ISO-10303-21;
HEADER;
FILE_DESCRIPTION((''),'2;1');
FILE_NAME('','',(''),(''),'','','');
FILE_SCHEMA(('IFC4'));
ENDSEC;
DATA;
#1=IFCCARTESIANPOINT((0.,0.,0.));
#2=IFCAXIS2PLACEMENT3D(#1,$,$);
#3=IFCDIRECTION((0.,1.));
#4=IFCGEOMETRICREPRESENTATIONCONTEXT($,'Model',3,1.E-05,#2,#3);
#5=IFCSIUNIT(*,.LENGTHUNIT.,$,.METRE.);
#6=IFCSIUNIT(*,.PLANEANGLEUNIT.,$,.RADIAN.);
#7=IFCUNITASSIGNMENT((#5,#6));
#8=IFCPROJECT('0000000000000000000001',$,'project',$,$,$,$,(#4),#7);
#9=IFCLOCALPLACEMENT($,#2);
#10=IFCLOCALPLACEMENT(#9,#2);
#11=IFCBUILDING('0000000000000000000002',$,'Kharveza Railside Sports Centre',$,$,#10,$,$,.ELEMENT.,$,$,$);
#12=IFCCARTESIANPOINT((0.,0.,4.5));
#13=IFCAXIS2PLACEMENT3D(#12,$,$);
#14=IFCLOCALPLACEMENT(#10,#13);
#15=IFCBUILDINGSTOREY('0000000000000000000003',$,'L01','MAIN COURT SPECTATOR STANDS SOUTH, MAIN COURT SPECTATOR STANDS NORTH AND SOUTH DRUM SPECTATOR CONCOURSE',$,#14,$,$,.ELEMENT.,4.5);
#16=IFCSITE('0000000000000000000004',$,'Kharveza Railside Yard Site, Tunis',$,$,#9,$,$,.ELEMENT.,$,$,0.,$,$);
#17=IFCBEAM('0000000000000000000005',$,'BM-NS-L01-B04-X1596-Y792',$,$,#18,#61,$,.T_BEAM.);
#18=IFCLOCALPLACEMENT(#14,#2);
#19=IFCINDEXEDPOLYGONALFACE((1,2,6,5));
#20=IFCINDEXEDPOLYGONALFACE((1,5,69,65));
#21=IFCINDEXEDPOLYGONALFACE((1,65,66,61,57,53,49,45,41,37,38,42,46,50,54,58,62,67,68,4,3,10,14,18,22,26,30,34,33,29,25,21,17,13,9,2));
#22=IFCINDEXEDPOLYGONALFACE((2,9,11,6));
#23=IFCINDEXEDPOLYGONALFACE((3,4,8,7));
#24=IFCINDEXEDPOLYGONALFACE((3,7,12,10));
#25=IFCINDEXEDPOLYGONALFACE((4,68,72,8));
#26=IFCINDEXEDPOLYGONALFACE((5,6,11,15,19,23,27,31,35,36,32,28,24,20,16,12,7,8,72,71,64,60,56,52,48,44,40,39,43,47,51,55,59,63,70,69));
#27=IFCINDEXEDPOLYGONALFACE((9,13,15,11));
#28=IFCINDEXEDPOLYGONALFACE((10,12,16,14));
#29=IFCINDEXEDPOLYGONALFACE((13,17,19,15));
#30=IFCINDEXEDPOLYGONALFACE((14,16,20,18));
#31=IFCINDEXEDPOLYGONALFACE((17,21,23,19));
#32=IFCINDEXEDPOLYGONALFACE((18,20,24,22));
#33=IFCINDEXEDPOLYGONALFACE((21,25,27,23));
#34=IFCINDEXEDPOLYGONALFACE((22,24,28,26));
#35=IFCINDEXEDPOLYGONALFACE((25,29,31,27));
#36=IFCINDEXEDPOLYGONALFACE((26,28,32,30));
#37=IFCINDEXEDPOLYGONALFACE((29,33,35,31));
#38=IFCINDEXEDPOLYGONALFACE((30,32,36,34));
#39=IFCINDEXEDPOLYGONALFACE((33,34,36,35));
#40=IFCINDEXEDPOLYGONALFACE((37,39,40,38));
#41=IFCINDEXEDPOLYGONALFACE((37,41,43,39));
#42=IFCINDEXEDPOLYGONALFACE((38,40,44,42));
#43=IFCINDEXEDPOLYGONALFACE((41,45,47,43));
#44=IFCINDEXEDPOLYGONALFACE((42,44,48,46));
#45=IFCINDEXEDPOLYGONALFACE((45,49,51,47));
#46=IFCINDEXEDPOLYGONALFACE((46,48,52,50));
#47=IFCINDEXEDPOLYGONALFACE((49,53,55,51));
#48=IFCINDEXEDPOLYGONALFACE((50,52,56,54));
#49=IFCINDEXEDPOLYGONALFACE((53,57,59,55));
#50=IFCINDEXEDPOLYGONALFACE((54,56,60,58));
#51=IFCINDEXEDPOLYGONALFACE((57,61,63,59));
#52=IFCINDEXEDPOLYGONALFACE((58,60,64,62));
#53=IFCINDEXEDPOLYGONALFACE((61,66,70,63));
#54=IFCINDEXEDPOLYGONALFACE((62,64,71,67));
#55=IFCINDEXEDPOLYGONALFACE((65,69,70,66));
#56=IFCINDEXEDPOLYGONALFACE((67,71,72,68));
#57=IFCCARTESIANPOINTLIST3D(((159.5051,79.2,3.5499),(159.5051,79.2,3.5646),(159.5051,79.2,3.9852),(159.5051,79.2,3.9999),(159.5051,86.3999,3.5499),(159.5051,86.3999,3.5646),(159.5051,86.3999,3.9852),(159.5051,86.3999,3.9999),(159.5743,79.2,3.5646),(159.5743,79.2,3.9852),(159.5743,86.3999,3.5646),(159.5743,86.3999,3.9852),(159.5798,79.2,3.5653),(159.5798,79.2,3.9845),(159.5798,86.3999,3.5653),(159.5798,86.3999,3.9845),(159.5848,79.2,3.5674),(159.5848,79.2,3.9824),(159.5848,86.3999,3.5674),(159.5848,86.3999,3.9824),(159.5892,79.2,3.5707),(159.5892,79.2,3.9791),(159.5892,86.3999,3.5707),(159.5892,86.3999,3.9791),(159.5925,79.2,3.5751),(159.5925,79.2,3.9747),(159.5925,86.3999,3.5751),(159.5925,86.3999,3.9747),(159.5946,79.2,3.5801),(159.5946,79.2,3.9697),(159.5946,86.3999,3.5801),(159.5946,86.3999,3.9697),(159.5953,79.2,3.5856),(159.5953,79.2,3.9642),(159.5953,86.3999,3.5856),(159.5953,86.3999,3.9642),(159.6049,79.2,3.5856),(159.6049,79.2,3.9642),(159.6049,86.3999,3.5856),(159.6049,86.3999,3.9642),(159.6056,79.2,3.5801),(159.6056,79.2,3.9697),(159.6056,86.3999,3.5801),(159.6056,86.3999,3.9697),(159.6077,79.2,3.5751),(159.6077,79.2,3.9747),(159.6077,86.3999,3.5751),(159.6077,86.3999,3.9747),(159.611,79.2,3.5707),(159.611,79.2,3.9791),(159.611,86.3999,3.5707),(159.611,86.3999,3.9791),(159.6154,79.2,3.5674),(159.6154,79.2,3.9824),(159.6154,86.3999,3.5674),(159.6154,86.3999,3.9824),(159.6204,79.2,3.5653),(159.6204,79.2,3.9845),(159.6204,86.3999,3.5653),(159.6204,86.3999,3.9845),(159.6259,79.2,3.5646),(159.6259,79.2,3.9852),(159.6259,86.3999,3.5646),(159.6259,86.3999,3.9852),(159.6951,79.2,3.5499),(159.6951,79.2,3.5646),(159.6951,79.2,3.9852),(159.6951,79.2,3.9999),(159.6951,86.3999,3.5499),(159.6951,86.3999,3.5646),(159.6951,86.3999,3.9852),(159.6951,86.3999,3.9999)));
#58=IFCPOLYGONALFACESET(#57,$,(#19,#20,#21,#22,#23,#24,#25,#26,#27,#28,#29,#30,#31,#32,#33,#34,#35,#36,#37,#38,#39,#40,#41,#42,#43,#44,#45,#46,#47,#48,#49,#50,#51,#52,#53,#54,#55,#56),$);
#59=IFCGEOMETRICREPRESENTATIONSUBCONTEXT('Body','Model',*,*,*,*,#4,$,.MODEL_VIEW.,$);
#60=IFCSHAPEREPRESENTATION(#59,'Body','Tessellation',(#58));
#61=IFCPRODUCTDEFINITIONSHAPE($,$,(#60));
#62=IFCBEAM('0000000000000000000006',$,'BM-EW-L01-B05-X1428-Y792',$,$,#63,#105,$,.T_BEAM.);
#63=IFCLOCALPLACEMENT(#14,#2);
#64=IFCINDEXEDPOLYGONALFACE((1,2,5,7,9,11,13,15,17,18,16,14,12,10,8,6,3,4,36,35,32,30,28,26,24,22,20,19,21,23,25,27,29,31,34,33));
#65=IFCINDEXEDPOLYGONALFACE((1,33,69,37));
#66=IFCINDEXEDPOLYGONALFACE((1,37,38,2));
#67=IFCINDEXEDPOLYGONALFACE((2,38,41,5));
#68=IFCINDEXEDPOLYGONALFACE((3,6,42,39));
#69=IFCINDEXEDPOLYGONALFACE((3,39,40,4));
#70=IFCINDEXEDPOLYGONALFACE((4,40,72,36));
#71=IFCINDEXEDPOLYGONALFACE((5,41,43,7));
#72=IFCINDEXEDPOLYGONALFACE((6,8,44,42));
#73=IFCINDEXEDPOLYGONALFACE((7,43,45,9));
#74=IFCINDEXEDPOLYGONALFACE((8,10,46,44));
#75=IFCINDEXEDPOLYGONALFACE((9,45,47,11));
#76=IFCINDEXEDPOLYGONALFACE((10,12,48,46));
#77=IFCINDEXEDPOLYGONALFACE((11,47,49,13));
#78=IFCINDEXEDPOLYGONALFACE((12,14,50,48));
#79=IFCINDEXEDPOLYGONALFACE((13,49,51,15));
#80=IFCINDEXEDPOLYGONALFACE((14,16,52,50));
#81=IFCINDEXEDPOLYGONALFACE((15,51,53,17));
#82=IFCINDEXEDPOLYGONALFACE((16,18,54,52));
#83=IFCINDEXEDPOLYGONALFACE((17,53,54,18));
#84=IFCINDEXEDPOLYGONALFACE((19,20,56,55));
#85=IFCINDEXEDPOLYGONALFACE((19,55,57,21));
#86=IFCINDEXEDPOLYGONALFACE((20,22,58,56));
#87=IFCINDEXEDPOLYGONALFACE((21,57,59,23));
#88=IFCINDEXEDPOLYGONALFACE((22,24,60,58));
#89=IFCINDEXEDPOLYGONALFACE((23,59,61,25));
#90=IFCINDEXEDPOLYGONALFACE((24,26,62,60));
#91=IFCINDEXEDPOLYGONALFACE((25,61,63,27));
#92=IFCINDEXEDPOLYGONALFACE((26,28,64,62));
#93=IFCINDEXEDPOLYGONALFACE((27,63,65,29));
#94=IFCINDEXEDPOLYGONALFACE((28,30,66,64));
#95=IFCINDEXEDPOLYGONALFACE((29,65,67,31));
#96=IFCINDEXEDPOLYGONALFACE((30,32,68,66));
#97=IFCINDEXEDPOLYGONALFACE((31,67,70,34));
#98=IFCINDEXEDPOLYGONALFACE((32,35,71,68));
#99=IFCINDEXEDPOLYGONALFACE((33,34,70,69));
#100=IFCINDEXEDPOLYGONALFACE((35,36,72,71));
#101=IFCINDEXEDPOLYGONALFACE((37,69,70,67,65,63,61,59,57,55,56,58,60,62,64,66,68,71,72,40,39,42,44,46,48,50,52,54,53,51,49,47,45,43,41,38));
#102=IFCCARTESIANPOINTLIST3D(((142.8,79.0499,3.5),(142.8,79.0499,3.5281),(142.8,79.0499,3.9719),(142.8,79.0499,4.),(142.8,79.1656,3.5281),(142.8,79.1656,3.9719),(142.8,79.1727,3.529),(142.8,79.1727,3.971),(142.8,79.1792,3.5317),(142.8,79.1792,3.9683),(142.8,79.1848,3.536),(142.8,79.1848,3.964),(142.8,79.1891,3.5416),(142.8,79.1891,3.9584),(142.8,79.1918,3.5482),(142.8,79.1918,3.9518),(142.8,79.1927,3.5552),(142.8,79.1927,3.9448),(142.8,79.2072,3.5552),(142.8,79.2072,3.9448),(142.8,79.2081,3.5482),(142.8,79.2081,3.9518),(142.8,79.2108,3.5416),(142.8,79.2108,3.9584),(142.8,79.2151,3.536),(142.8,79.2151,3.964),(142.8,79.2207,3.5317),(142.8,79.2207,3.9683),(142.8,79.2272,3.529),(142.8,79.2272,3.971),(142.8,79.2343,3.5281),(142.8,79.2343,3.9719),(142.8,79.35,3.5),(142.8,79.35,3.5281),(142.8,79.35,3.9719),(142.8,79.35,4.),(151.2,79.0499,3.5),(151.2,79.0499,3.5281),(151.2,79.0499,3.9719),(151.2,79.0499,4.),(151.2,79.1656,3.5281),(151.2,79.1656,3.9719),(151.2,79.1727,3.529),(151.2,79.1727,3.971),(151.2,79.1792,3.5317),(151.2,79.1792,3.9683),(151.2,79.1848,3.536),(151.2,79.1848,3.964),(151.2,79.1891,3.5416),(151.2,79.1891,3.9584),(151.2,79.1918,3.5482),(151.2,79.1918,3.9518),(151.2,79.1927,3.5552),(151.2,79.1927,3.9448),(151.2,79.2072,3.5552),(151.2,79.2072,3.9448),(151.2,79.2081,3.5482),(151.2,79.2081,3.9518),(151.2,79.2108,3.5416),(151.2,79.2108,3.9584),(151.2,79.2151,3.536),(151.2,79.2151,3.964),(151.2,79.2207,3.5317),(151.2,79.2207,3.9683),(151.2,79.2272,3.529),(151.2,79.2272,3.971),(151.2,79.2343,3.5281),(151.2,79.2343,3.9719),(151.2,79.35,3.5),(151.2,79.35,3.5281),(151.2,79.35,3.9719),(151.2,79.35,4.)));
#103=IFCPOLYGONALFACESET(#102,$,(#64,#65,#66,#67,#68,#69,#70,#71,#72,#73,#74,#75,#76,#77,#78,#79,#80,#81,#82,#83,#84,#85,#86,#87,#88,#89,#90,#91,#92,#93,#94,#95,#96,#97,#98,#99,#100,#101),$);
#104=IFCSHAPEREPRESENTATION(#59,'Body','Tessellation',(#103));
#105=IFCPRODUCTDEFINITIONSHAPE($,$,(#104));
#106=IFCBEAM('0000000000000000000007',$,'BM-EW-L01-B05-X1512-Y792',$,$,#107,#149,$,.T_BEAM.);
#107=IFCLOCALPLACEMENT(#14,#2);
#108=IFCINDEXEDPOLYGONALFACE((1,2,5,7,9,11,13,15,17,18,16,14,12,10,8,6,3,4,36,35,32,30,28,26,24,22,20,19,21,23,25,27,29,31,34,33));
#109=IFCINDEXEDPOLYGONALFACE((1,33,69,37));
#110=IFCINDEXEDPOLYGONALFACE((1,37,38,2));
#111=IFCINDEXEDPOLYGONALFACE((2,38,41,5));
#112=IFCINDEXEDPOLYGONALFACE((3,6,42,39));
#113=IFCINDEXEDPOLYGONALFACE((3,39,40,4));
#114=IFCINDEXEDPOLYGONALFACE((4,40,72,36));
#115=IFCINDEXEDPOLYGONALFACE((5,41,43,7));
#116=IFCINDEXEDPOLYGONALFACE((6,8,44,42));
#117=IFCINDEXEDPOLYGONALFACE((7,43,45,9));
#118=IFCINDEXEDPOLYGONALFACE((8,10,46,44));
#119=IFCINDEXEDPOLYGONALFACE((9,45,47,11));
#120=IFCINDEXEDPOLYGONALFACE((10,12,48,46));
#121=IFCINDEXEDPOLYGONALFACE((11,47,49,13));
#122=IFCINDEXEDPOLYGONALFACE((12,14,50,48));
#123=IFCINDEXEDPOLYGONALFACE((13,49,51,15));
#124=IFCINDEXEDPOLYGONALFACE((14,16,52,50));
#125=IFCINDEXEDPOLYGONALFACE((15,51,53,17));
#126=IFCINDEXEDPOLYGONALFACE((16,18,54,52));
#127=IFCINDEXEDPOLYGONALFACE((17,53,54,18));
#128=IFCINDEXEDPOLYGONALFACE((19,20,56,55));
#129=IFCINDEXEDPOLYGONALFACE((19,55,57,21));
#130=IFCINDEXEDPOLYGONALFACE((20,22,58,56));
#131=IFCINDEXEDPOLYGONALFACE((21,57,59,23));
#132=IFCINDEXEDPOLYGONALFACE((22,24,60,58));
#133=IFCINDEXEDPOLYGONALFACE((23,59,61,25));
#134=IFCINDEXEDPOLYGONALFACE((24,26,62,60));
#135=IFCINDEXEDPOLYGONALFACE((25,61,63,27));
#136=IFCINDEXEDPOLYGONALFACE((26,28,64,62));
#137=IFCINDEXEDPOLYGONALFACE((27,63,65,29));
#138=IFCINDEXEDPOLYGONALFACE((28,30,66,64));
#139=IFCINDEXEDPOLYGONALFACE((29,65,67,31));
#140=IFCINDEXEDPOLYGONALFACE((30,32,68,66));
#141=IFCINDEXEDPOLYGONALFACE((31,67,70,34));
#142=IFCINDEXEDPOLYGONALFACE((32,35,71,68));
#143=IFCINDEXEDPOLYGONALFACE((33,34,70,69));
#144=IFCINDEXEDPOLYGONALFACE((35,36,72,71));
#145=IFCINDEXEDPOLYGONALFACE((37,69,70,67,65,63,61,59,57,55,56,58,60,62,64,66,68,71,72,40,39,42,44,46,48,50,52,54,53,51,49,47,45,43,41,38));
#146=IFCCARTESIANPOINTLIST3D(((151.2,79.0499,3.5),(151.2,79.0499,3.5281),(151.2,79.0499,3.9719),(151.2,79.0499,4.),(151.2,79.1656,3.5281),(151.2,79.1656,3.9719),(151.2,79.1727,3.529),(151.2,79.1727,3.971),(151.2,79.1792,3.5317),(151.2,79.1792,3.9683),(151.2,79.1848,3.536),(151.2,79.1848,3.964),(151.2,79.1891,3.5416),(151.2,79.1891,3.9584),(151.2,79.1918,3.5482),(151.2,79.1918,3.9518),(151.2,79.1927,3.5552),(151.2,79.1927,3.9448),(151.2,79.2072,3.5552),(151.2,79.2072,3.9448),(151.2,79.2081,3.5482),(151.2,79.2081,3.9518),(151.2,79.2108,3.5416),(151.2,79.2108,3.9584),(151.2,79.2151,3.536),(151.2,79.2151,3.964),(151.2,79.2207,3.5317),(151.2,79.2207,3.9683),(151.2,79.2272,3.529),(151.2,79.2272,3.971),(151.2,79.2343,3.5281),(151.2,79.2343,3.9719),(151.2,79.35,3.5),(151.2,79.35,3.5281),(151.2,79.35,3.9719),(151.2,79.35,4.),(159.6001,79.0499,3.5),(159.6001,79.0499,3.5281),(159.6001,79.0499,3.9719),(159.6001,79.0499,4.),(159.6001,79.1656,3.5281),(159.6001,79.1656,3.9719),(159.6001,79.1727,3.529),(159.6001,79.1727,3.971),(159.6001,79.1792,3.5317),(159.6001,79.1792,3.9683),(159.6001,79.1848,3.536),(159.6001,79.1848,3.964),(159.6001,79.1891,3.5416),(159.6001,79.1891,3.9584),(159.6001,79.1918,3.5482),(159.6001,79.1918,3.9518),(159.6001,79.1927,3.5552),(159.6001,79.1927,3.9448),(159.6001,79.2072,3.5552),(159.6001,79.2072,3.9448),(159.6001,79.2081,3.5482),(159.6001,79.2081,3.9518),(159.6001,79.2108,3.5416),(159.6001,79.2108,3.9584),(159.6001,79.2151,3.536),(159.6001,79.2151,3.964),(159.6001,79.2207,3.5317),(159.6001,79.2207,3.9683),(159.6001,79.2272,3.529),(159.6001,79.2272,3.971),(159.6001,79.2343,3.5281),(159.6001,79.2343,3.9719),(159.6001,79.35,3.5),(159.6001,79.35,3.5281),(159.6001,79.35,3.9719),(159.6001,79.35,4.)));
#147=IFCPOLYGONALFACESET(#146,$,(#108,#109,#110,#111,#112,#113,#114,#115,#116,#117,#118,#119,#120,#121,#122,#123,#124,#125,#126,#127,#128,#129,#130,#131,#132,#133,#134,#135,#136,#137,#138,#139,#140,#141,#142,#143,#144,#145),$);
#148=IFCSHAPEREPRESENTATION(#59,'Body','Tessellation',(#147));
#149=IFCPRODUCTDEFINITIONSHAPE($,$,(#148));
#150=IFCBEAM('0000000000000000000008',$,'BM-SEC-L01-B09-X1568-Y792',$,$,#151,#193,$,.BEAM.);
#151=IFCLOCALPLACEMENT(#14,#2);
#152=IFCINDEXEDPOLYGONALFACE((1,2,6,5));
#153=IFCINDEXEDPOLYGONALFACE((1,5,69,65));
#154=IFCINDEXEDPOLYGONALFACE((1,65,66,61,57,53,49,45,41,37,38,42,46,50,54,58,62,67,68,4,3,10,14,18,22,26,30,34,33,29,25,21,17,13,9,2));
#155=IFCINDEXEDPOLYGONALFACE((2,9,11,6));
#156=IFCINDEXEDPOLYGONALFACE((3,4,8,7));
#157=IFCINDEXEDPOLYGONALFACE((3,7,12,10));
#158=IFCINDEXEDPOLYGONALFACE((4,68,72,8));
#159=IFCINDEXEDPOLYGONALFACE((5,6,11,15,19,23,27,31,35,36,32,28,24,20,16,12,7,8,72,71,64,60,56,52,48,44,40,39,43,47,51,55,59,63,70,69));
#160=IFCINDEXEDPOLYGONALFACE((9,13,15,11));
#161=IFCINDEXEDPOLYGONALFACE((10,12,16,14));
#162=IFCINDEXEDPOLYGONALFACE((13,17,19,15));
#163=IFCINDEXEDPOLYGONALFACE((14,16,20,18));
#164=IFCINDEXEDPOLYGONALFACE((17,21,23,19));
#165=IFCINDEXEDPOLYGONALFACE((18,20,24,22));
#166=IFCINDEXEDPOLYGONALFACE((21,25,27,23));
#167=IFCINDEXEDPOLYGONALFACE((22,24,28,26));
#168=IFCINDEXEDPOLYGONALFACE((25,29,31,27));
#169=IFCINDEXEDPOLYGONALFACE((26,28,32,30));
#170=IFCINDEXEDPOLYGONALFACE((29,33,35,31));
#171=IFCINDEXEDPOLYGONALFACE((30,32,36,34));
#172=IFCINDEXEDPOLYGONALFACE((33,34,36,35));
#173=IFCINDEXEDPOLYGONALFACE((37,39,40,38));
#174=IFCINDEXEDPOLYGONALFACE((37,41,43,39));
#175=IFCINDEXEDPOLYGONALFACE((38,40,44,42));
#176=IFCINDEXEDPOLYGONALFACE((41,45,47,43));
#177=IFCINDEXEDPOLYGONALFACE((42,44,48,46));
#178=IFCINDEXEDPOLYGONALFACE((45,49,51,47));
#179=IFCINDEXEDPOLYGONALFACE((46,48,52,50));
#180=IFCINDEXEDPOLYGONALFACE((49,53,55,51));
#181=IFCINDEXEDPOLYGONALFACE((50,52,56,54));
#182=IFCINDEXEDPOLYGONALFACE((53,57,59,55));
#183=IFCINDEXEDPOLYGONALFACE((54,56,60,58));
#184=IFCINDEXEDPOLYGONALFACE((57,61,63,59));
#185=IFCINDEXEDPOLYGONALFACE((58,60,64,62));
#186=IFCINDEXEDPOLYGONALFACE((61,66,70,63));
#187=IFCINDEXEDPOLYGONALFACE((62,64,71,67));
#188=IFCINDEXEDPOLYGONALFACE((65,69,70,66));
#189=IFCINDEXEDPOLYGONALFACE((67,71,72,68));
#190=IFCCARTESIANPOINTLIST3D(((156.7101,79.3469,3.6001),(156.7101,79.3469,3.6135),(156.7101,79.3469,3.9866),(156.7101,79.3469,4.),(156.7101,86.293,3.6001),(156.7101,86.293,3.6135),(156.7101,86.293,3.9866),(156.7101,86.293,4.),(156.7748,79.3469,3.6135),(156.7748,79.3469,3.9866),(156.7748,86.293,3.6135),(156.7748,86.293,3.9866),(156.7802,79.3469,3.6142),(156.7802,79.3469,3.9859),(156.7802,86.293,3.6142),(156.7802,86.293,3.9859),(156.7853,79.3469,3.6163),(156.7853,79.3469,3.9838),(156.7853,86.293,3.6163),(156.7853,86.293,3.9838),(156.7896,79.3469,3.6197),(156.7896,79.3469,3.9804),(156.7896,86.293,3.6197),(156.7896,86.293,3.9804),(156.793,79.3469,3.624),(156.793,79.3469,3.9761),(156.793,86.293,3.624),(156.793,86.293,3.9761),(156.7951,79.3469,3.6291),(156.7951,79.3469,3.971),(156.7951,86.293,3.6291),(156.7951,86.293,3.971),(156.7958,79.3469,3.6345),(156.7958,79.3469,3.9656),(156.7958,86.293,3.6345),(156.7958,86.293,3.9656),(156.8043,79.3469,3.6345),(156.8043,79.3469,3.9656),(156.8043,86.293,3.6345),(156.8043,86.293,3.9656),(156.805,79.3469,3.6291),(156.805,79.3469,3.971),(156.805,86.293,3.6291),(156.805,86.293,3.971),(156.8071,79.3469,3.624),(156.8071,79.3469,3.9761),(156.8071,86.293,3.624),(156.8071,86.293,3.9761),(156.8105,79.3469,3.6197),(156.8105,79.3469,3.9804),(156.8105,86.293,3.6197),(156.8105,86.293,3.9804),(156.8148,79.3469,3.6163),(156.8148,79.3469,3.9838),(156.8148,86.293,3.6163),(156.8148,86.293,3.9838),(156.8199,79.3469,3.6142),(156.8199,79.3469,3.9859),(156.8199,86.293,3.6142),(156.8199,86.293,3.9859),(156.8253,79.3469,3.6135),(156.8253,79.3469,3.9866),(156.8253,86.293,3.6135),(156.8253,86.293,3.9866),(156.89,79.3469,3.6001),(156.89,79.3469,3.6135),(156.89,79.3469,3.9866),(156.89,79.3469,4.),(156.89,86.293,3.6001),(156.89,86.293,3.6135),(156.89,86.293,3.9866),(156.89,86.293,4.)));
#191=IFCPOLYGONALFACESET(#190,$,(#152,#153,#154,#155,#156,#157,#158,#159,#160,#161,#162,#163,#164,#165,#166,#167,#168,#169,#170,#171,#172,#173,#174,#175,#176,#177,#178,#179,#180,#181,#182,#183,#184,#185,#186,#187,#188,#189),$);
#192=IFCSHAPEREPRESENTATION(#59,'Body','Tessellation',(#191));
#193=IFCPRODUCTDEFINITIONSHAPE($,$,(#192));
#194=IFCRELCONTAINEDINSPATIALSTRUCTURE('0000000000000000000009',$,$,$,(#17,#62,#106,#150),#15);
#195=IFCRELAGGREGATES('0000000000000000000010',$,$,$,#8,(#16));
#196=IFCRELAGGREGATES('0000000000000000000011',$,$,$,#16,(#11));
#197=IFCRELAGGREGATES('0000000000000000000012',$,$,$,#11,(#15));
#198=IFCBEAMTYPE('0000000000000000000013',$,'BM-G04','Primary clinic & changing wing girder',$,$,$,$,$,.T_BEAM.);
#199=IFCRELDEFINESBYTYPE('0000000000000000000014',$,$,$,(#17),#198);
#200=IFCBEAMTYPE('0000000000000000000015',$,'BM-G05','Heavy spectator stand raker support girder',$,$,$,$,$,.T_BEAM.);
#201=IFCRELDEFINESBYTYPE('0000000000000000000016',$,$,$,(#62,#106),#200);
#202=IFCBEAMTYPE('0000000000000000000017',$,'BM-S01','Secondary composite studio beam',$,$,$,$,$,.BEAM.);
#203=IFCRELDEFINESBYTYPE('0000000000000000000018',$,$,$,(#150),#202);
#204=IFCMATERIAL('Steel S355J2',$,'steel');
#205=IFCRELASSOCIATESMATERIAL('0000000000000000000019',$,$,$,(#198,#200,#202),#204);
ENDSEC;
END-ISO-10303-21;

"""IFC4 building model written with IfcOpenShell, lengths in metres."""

from ifc_helpers import new_model, si_unit, direction, frame, origin, origin_2d, place, context, subcontext, project, spatial, i_section, extrude, material, material_profile, profile_set, type_object, element, save


model = new_model("IFC4")

# Units and contexts
model_context = context("Model", 3, precision=1e-05, world=origin(), true_north=direction((0.0, 1.0)))
body_context = subcontext(model_context, "Body", "Model", "MODEL_VIEW")
ifc_project = project(units=[si_unit("LENGTHUNIT", "METRE"), si_unit("PLANEANGLEUNIT", "RADIAN")], contexts=[model_context])

# Site, building, storey
site_placement = place(None, origin())
site = spatial("IfcSite", under=ifc_project, at=site_placement, Name="Kharveza Railside Yard Site, Tunis", CompositionType="ELEMENT", RefElevation=0.0)
building_placement = place(site_placement, origin())
building = spatial("IfcBuilding", under=site, at=building_placement, Name="Kharveza Railside Sports Centre", CompositionType="ELEMENT")
storey_placement = place(building_placement, frame((0.0, 0.0, 4.5)))
storey = spatial("IfcBuildingStorey", under=building, at=storey_placement, Name="L01", Description="MAIN COURT SPECTATOR STANDS SOUTH, MAIN COURT SPECTATOR STANDS NORTH AND SOUTH DRUM SPECTATOR CONCOURSE", CompositionType="ELEMENT", Elevation=4.5)

# Shared definitions
ifc_material_1 = material(Name="Steel S355J2", Category="steel")

# Beams
ifc_material_profile_1 = material_profile(ifc_material_1, i_section(OverallWidth=0.1899, OverallDepth=0.45, WebThickness=0.0095, FlangeThickness=0.0146, FilletRadius=0.021, at=origin_2d()), Name="IPE 450")
ifc_profile_set_1 = profile_set([ifc_material_profile_1], Name="Steel S355J2")
beam_type_1 = type_object("IfcBeamType", Name="BM-G04", Description="Primary clinic & changing wing girder", PredefinedType="T_BEAM", material=ifc_profile_set_1)
beam_1_placement = place(storey_placement, frame((159.6001, 79.2, 3.7749), z_axis=(0.0, 1.0, 0.0), x_axis=(-1.0, 0.0, 0.0)))
element("IfcBeam", 1, at=beam_1_placement, inside=storey, type_object=beam_type_1, Name="BM-NS-L01-B04-X1596-Y792", PredefinedType="T_BEAM", context=body_context, shape_type="SweptSolid", body=[
    extrude(i_section(OverallWidth=0.1899, OverallDepth=0.45, WebThickness=0.0095, FlangeThickness=0.0146, FilletRadius=0.021, at=origin_2d()), origin(), (0.0, 0.0, 1.0), 7.2),
])
ifc_material_profile_2 = material_profile(ifc_material_1, i_section(OverallWidth=0.3, OverallDepth=0.5, WebThickness=0.0144, FlangeThickness=0.0281, FilletRadius=0.0271, at=origin_2d()), Name="HEB 500")
ifc_profile_set_2 = profile_set([ifc_material_profile_2], Name="Steel S355J2")
beam_type_2 = type_object("IfcBeamType", Name="BM-G05", Description="Heavy spectator stand raker support girder", PredefinedType="T_BEAM", material=ifc_profile_set_2)
beam_2_placement = place(storey_placement, frame((142.8, 79.2, 3.75), z_axis=(1.0, 0.0, 0.0), x_axis=(0.0, 1.0, 0.0)))
element("IfcBeam", 2, at=beam_2_placement, inside=storey, type_object=beam_type_2, Name="BM-EW-L01-B05-X1428-Y792", PredefinedType="T_BEAM", context=body_context, shape_type="SweptSolid", body=[
    extrude(i_section(OverallWidth=0.3, OverallDepth=0.5, WebThickness=0.0144, FlangeThickness=0.0281, FilletRadius=0.0271, at=origin_2d()), origin(), (0.0, 0.0, 1.0), 8.3999),
])
beam_3_placement = place(storey_placement, frame((151.2, 79.2, 3.75), z_axis=(1.0, 0.0, 0.0), x_axis=(0.0, 1.0, 0.0)))
element("IfcBeam", 3, at=beam_3_placement, inside=storey, type_object=beam_type_2, Name="BM-EW-L01-B05-X1512-Y792", PredefinedType="T_BEAM", context=body_context, shape_type="SweptSolid", body=[
    extrude(i_section(OverallWidth=0.3, OverallDepth=0.5, WebThickness=0.0144, FlangeThickness=0.0281, FilletRadius=0.0271, at=origin_2d()), origin(), (0.0, 0.0, 1.0), 8.4001),
])
ifc_material_profile_3 = material_profile(ifc_material_1, i_section(OverallWidth=0.1799, OverallDepth=0.3999, WebThickness=0.0085, FlangeThickness=0.0134, FilletRadius=0.021, at=origin_2d()), Name="IPE 400")
ifc_profile_set_3 = profile_set([ifc_material_profile_3], Name="Steel S355J2")
beam_type_3 = type_object("IfcBeamType", Name="BM-S01", Description="Secondary composite studio beam", PredefinedType="BEAM", material=ifc_profile_set_3)
beam_4_placement = place(storey_placement, frame((156.8, 79.3469, 3.8), z_axis=(0.0, 1.0, 0.0), x_axis=(-1.0, 0.0, 0.0)))
element("IfcBeam", 4, at=beam_4_placement, inside=storey, type_object=beam_type_3, Name="BM-SEC-L01-B09-X1568-Y792", PredefinedType="BEAM", context=body_context, shape_type="SweptSolid", body=[
    extrude(i_section(OverallWidth=0.1799, OverallDepth=0.3999, WebThickness=0.0085, FlangeThickness=0.0134, FilletRadius=0.021, at=origin_2d()), origin(), (0.0, 0.0, 1.0), 6.946),
])

save(model, "model.ifc")
